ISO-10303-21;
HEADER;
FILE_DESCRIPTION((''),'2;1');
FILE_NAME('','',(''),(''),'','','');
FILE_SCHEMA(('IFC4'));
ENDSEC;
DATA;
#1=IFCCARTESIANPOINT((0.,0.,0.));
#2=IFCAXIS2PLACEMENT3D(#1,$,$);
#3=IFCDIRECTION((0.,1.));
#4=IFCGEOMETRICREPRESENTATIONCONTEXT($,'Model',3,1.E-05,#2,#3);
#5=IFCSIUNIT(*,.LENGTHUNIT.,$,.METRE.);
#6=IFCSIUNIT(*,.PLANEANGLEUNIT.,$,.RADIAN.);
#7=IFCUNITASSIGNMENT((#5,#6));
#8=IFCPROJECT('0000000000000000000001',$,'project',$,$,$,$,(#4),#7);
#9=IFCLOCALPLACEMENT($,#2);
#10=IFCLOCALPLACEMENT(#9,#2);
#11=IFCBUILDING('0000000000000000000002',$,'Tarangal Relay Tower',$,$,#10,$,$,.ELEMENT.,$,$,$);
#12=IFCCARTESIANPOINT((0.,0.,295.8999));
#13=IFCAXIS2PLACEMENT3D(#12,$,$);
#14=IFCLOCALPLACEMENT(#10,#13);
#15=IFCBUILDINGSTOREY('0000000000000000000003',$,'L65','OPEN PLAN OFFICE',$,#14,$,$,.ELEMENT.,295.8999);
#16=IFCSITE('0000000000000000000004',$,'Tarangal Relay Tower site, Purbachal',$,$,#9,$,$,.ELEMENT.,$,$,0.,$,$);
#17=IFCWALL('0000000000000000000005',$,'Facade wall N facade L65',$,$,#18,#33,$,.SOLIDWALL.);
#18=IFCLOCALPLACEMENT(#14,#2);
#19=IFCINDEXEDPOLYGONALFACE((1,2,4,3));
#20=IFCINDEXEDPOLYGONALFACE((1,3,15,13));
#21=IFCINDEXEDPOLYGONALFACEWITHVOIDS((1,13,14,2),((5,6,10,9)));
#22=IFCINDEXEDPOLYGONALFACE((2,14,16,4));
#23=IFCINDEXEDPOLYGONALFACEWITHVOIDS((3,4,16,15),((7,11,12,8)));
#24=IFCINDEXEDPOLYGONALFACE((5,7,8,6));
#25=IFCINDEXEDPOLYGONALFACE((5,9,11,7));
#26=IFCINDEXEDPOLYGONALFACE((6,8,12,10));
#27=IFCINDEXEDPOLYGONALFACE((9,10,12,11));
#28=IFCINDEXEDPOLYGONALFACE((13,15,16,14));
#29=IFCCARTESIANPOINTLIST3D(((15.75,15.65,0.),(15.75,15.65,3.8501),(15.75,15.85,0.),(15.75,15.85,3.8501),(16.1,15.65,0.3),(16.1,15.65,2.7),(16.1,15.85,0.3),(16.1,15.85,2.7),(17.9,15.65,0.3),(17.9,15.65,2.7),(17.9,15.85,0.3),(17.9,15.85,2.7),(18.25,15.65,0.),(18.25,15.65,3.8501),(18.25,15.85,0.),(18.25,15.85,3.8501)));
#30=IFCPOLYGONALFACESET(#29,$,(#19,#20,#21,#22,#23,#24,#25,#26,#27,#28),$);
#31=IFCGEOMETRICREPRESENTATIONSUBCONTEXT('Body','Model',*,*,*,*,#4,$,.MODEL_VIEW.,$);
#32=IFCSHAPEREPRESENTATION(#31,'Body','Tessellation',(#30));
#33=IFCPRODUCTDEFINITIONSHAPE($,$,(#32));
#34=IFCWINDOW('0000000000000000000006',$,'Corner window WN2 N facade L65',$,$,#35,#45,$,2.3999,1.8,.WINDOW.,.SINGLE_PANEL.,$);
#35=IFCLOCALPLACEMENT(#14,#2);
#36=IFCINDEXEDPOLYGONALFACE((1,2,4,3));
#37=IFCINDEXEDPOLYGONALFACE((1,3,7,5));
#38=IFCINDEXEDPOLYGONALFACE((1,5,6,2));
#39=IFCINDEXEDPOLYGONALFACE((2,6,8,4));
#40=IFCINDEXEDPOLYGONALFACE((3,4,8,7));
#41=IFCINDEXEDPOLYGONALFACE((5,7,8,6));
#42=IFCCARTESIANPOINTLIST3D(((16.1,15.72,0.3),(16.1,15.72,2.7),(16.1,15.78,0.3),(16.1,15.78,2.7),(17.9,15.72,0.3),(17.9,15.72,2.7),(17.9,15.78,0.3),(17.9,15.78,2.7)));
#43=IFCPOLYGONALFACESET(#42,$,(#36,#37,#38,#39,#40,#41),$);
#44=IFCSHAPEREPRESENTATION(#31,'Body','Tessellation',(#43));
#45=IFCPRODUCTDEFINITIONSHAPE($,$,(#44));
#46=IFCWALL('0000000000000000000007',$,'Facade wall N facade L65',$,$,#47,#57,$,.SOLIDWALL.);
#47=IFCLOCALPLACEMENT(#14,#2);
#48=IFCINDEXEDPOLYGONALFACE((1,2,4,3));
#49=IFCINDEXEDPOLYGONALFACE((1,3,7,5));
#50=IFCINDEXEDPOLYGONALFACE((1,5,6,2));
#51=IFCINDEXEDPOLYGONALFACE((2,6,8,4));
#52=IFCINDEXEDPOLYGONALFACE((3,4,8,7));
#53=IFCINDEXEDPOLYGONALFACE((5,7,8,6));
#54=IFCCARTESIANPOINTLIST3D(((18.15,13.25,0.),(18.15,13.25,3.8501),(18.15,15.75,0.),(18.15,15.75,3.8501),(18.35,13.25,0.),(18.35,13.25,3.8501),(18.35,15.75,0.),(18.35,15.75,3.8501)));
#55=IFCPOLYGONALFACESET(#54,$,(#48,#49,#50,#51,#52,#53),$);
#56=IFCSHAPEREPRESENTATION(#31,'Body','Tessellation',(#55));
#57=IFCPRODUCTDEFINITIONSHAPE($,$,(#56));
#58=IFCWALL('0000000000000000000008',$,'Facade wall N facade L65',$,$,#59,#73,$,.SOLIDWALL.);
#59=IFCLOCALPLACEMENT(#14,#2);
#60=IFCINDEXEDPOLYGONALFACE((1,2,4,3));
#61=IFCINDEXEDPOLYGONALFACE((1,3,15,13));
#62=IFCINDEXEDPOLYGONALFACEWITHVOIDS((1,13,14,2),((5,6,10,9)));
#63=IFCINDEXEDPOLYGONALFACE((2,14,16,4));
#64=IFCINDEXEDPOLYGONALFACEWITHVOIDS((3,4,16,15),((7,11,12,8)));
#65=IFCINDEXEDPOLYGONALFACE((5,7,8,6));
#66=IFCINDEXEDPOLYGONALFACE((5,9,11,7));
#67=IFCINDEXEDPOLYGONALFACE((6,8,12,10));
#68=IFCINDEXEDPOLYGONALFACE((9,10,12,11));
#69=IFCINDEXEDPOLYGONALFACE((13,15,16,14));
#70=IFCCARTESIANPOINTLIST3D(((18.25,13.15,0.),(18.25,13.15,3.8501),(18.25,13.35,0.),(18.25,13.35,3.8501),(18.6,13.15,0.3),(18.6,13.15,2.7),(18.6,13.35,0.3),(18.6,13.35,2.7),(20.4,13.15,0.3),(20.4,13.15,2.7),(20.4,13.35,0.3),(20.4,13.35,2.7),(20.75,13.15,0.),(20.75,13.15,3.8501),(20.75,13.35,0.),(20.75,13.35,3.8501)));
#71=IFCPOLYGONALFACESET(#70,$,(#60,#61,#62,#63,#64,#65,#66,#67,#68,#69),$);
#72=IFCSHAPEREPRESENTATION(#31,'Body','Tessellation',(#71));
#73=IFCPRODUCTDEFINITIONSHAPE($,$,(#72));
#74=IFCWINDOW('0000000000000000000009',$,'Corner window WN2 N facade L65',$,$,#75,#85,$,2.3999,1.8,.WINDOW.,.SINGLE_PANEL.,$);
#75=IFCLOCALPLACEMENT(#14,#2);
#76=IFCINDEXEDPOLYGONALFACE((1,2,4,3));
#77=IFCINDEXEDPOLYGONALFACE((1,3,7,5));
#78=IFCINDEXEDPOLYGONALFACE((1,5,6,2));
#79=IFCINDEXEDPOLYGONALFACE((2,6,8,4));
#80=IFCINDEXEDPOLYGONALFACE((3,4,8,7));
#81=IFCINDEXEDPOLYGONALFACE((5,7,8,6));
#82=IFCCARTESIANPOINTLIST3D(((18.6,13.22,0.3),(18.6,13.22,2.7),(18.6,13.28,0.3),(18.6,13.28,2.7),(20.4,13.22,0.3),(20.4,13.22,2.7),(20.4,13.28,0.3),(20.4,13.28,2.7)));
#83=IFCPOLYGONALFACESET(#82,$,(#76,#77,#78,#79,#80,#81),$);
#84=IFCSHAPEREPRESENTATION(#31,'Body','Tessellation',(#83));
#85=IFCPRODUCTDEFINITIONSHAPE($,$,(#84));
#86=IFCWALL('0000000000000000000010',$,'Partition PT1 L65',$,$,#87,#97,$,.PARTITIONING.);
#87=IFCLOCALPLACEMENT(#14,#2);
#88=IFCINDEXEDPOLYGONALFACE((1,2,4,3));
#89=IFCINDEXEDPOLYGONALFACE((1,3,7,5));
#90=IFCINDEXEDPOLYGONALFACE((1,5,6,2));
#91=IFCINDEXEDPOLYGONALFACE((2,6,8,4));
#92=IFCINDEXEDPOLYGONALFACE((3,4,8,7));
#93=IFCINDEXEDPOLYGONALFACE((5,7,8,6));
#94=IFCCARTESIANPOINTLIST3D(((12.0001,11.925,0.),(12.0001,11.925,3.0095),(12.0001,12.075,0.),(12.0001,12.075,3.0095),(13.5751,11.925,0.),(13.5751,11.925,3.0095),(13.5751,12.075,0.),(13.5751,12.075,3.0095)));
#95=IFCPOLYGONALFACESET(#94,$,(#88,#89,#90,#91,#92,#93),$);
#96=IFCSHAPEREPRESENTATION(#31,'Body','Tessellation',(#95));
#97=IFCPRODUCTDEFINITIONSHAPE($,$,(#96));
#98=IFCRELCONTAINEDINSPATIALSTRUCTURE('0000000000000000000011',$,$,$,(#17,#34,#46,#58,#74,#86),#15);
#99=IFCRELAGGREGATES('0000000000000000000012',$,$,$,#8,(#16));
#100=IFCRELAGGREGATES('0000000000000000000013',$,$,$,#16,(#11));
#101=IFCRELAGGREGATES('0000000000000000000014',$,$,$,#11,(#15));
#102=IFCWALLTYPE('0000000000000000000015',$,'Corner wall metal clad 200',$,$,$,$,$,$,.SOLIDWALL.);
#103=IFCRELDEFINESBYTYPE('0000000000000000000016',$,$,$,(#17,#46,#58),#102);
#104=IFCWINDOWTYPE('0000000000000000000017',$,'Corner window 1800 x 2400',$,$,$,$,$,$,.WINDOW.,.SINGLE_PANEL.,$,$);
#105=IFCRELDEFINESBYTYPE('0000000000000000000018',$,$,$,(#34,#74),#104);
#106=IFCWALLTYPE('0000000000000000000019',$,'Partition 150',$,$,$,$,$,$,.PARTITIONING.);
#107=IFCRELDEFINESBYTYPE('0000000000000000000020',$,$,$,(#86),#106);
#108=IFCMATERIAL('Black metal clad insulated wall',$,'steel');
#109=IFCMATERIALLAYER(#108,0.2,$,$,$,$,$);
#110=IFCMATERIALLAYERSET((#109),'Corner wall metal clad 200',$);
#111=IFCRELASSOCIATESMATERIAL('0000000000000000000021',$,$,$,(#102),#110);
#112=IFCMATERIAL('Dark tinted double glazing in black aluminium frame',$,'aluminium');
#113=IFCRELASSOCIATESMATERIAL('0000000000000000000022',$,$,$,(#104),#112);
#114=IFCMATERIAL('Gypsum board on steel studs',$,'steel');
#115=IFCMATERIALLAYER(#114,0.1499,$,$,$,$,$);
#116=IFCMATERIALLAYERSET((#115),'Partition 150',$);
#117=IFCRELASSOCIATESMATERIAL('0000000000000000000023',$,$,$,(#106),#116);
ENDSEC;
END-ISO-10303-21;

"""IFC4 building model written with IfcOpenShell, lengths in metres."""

from ifc_helpers import new_model, si_unit, direction, frame, frame_2d, origin, place, context, subcontext, project, spatial, rectangle, extrude, material, layer, layer_set, type_object, element, fill, save


model = new_model("IFC4")

# Units and contexts
model_context = context("Model", 3, precision=1e-05, world=origin(), true_north=direction((0.0, 1.0)))
body_context = subcontext(model_context, "Body", "Model", "MODEL_VIEW")
ifc_project = project(units=[si_unit("LENGTHUNIT", "METRE"), si_unit("PLANEANGLEUNIT", "RADIAN")], contexts=[model_context])

# Site, building, storey
site_placement = place(None, origin())
site = spatial("IfcSite", under=ifc_project, at=site_placement, Name="Tarangal Relay Tower site, Purbachal", CompositionType="ELEMENT", RefElevation=0.0)
building_placement = place(site_placement, origin())
building = spatial("IfcBuilding", under=site, at=building_placement, Name="Tarangal Relay Tower", CompositionType="ELEMENT")
storey_placement = place(building_placement, frame((0.0, 0.0, 295.8999)))
storey = spatial("IfcBuildingStorey", under=building, at=storey_placement, Name="L65", Description="OPEN PLAN OFFICE", CompositionType="ELEMENT", Elevation=295.8999)

# Shared definitions
ifc_material_1 = material(Name="Black metal clad insulated wall", Category="steel")
ifc_layer_1 = layer(ifc_material_1, 0.2)
ifc_layer_set_1 = layer_set([ifc_layer_1], Name="Corner wall metal clad 200")
wall_type_1 = type_object("IfcWallType", Name="Corner wall metal clad 200", PredefinedType="SOLIDWALL", material=ifc_layer_set_1)

# Shared definitions
ifc_material_2 = material(Name="Dark tinted double glazing in black aluminium frame", Category="aluminium")
window_type = type_object("IfcWindowType", Name="Corner window 1800 x 2400", PartitioningType="SINGLE_PANEL", PredefinedType="WINDOW", material=ifc_material_2)

# Wall, opening, window
wall_1_placement = place(storey_placement, frame((15.75, 15.75, 0.0), z_axis=(0.0, 0.0, 1.0), x_axis=(1.0, 0.0, 0.0)))
wall_1 = element("IfcWall", 1, at=wall_1_placement, inside=storey, type_object=wall_type_1, Name="Facade wall N facade L65", PredefinedType="SOLIDWALL", context=body_context, shape_type="SweptSolid", body=[
    extrude(rectangle(XDim=2.5, YDim=0.2, at=frame_2d((1.25, 0.0))), origin(), (0.0, 0.0, 1.0), 3.8501),
])
opening_1_placement = place(wall_1_placement, frame((0.3501, 0.0, 0.3)))
opening_1 = element("IfcOpeningElement", 2, at=opening_1_placement, cuts=wall_1, PredefinedType="OPENING", context=body_context, shape_type="SweptSolid", body=[
    extrude(rectangle(XDim=1.8, YDim=2.3999, at=frame_2d((0.8999, 1.2))), frame((0.0, 0.1099, 0.0), z_axis=(0.0, -1.0, 0.0), x_axis=(1.0, 0.0, 0.0)), (0.0, 0.0, 1.0), 0.22),
])
window_1_placement = place(opening_1_placement, origin())
window_1 = element("IfcWindow", 3, at=window_1_placement, inside=storey, type_object=window_type, Name="Corner window WN2 N facade L65", OverallHeight=2.3999, OverallWidth=1.8, PartitioningType="SINGLE_PANEL", PredefinedType="WINDOW", context=body_context, shape_type="SweptSolid", body=[
    extrude(rectangle(XDim=1.8, YDim=2.3999, at=frame_2d((0.8999, 1.2))), frame((0.0, 0.03, 0.0), z_axis=(0.0, -1.0, 0.0), x_axis=(1.0, 0.0, 0.0)), (0.0, 0.0, 1.0), 0.0601),
])
fill(opening_1, window_1)

# Wall
wall_2_placement = place(storey_placement, frame((18.25, 15.75, 0.0), z_axis=(0.0, 0.0, 1.0), x_axis=(0.0, -1.0, 0.0)))
element("IfcWall", 4, at=wall_2_placement, inside=storey, type_object=wall_type_1, Name="Facade wall N facade L65", PredefinedType="SOLIDWALL", context=body_context, shape_type="SweptSolid", body=[
    extrude(rectangle(XDim=2.5, YDim=0.2, at=frame_2d((1.25, 0.0))), origin(), (0.0, 0.0, 1.0), 3.8501),
])

# Wall, opening, window
wall_3_placement = place(storey_placement, frame((18.25, 13.25, 0.0), z_axis=(0.0, 0.0, 1.0), x_axis=(1.0, 0.0, 0.0)))
wall_3 = element("IfcWall", 5, at=wall_3_placement, inside=storey, type_object=wall_type_1, Name="Facade wall N facade L65", PredefinedType="SOLIDWALL", context=body_context, shape_type="SweptSolid", body=[
    extrude(rectangle(XDim=2.5, YDim=0.2, at=frame_2d((1.25, 0.0))), origin(), (0.0, 0.0, 1.0), 3.8501),
])
opening_2_placement = place(wall_3_placement, frame((0.3501, 0.0, 0.3)))
opening_2 = element("IfcOpeningElement", 6, at=opening_2_placement, cuts=wall_3, PredefinedType="OPENING", context=body_context, shape_type="SweptSolid", body=[
    extrude(rectangle(XDim=1.8, YDim=2.3999, at=frame_2d((0.8999, 1.2))), frame((0.0, 0.1099, 0.0), z_axis=(0.0, -1.0, 0.0), x_axis=(1.0, 0.0, 0.0)), (0.0, 0.0, 1.0), 0.22),
])
window_2_placement = place(opening_2_placement, origin())
window_2 = element("IfcWindow", 7, at=window_2_placement, inside=storey, type_object=window_type, Name="Corner window WN2 N facade L65", OverallHeight=2.3999, OverallWidth=1.8, PartitioningType="SINGLE_PANEL", PredefinedType="WINDOW", context=body_context, shape_type="SweptSolid", body=[
    extrude(rectangle(XDim=1.8, YDim=2.3999, at=frame_2d((0.8999, 1.2))), frame((0.0, 0.03, 0.0), z_axis=(0.0, -1.0, 0.0), x_axis=(1.0, 0.0, 0.0)), (0.0, 0.0, 1.0), 0.0601),
])
fill(opening_2, window_2)

# Wall
ifc_material_3 = material(Name="Gypsum board on steel studs", Category="steel")
ifc_layer_2 = layer(ifc_material_3, 0.1499)
ifc_layer_set_2 = layer_set([ifc_layer_2], Name="Partition 150")
wall_type_2 = type_object("IfcWallType", Name="Partition 150", PredefinedType="PARTITIONING", material=ifc_layer_set_2)
wall_4_placement = place(storey_placement, frame((12.0, 12.0, 0.0), z_axis=(0.0, 0.0, 1.0), x_axis=(1.0, 0.0, 0.0)))
element("IfcWall", 8, at=wall_4_placement, inside=storey, type_object=wall_type_2, Name="Partition PT1 L65", PredefinedType="PARTITIONING", context=body_context, shape_type="SweptSolid", body=[
    extrude(rectangle(XDim=1.575, YDim=0.1499, at=frame_2d((0.7876, 0.0))), origin(), (0.0, 0.0, 1.0), 3.0095),
])

save(model, "model.ifc")
